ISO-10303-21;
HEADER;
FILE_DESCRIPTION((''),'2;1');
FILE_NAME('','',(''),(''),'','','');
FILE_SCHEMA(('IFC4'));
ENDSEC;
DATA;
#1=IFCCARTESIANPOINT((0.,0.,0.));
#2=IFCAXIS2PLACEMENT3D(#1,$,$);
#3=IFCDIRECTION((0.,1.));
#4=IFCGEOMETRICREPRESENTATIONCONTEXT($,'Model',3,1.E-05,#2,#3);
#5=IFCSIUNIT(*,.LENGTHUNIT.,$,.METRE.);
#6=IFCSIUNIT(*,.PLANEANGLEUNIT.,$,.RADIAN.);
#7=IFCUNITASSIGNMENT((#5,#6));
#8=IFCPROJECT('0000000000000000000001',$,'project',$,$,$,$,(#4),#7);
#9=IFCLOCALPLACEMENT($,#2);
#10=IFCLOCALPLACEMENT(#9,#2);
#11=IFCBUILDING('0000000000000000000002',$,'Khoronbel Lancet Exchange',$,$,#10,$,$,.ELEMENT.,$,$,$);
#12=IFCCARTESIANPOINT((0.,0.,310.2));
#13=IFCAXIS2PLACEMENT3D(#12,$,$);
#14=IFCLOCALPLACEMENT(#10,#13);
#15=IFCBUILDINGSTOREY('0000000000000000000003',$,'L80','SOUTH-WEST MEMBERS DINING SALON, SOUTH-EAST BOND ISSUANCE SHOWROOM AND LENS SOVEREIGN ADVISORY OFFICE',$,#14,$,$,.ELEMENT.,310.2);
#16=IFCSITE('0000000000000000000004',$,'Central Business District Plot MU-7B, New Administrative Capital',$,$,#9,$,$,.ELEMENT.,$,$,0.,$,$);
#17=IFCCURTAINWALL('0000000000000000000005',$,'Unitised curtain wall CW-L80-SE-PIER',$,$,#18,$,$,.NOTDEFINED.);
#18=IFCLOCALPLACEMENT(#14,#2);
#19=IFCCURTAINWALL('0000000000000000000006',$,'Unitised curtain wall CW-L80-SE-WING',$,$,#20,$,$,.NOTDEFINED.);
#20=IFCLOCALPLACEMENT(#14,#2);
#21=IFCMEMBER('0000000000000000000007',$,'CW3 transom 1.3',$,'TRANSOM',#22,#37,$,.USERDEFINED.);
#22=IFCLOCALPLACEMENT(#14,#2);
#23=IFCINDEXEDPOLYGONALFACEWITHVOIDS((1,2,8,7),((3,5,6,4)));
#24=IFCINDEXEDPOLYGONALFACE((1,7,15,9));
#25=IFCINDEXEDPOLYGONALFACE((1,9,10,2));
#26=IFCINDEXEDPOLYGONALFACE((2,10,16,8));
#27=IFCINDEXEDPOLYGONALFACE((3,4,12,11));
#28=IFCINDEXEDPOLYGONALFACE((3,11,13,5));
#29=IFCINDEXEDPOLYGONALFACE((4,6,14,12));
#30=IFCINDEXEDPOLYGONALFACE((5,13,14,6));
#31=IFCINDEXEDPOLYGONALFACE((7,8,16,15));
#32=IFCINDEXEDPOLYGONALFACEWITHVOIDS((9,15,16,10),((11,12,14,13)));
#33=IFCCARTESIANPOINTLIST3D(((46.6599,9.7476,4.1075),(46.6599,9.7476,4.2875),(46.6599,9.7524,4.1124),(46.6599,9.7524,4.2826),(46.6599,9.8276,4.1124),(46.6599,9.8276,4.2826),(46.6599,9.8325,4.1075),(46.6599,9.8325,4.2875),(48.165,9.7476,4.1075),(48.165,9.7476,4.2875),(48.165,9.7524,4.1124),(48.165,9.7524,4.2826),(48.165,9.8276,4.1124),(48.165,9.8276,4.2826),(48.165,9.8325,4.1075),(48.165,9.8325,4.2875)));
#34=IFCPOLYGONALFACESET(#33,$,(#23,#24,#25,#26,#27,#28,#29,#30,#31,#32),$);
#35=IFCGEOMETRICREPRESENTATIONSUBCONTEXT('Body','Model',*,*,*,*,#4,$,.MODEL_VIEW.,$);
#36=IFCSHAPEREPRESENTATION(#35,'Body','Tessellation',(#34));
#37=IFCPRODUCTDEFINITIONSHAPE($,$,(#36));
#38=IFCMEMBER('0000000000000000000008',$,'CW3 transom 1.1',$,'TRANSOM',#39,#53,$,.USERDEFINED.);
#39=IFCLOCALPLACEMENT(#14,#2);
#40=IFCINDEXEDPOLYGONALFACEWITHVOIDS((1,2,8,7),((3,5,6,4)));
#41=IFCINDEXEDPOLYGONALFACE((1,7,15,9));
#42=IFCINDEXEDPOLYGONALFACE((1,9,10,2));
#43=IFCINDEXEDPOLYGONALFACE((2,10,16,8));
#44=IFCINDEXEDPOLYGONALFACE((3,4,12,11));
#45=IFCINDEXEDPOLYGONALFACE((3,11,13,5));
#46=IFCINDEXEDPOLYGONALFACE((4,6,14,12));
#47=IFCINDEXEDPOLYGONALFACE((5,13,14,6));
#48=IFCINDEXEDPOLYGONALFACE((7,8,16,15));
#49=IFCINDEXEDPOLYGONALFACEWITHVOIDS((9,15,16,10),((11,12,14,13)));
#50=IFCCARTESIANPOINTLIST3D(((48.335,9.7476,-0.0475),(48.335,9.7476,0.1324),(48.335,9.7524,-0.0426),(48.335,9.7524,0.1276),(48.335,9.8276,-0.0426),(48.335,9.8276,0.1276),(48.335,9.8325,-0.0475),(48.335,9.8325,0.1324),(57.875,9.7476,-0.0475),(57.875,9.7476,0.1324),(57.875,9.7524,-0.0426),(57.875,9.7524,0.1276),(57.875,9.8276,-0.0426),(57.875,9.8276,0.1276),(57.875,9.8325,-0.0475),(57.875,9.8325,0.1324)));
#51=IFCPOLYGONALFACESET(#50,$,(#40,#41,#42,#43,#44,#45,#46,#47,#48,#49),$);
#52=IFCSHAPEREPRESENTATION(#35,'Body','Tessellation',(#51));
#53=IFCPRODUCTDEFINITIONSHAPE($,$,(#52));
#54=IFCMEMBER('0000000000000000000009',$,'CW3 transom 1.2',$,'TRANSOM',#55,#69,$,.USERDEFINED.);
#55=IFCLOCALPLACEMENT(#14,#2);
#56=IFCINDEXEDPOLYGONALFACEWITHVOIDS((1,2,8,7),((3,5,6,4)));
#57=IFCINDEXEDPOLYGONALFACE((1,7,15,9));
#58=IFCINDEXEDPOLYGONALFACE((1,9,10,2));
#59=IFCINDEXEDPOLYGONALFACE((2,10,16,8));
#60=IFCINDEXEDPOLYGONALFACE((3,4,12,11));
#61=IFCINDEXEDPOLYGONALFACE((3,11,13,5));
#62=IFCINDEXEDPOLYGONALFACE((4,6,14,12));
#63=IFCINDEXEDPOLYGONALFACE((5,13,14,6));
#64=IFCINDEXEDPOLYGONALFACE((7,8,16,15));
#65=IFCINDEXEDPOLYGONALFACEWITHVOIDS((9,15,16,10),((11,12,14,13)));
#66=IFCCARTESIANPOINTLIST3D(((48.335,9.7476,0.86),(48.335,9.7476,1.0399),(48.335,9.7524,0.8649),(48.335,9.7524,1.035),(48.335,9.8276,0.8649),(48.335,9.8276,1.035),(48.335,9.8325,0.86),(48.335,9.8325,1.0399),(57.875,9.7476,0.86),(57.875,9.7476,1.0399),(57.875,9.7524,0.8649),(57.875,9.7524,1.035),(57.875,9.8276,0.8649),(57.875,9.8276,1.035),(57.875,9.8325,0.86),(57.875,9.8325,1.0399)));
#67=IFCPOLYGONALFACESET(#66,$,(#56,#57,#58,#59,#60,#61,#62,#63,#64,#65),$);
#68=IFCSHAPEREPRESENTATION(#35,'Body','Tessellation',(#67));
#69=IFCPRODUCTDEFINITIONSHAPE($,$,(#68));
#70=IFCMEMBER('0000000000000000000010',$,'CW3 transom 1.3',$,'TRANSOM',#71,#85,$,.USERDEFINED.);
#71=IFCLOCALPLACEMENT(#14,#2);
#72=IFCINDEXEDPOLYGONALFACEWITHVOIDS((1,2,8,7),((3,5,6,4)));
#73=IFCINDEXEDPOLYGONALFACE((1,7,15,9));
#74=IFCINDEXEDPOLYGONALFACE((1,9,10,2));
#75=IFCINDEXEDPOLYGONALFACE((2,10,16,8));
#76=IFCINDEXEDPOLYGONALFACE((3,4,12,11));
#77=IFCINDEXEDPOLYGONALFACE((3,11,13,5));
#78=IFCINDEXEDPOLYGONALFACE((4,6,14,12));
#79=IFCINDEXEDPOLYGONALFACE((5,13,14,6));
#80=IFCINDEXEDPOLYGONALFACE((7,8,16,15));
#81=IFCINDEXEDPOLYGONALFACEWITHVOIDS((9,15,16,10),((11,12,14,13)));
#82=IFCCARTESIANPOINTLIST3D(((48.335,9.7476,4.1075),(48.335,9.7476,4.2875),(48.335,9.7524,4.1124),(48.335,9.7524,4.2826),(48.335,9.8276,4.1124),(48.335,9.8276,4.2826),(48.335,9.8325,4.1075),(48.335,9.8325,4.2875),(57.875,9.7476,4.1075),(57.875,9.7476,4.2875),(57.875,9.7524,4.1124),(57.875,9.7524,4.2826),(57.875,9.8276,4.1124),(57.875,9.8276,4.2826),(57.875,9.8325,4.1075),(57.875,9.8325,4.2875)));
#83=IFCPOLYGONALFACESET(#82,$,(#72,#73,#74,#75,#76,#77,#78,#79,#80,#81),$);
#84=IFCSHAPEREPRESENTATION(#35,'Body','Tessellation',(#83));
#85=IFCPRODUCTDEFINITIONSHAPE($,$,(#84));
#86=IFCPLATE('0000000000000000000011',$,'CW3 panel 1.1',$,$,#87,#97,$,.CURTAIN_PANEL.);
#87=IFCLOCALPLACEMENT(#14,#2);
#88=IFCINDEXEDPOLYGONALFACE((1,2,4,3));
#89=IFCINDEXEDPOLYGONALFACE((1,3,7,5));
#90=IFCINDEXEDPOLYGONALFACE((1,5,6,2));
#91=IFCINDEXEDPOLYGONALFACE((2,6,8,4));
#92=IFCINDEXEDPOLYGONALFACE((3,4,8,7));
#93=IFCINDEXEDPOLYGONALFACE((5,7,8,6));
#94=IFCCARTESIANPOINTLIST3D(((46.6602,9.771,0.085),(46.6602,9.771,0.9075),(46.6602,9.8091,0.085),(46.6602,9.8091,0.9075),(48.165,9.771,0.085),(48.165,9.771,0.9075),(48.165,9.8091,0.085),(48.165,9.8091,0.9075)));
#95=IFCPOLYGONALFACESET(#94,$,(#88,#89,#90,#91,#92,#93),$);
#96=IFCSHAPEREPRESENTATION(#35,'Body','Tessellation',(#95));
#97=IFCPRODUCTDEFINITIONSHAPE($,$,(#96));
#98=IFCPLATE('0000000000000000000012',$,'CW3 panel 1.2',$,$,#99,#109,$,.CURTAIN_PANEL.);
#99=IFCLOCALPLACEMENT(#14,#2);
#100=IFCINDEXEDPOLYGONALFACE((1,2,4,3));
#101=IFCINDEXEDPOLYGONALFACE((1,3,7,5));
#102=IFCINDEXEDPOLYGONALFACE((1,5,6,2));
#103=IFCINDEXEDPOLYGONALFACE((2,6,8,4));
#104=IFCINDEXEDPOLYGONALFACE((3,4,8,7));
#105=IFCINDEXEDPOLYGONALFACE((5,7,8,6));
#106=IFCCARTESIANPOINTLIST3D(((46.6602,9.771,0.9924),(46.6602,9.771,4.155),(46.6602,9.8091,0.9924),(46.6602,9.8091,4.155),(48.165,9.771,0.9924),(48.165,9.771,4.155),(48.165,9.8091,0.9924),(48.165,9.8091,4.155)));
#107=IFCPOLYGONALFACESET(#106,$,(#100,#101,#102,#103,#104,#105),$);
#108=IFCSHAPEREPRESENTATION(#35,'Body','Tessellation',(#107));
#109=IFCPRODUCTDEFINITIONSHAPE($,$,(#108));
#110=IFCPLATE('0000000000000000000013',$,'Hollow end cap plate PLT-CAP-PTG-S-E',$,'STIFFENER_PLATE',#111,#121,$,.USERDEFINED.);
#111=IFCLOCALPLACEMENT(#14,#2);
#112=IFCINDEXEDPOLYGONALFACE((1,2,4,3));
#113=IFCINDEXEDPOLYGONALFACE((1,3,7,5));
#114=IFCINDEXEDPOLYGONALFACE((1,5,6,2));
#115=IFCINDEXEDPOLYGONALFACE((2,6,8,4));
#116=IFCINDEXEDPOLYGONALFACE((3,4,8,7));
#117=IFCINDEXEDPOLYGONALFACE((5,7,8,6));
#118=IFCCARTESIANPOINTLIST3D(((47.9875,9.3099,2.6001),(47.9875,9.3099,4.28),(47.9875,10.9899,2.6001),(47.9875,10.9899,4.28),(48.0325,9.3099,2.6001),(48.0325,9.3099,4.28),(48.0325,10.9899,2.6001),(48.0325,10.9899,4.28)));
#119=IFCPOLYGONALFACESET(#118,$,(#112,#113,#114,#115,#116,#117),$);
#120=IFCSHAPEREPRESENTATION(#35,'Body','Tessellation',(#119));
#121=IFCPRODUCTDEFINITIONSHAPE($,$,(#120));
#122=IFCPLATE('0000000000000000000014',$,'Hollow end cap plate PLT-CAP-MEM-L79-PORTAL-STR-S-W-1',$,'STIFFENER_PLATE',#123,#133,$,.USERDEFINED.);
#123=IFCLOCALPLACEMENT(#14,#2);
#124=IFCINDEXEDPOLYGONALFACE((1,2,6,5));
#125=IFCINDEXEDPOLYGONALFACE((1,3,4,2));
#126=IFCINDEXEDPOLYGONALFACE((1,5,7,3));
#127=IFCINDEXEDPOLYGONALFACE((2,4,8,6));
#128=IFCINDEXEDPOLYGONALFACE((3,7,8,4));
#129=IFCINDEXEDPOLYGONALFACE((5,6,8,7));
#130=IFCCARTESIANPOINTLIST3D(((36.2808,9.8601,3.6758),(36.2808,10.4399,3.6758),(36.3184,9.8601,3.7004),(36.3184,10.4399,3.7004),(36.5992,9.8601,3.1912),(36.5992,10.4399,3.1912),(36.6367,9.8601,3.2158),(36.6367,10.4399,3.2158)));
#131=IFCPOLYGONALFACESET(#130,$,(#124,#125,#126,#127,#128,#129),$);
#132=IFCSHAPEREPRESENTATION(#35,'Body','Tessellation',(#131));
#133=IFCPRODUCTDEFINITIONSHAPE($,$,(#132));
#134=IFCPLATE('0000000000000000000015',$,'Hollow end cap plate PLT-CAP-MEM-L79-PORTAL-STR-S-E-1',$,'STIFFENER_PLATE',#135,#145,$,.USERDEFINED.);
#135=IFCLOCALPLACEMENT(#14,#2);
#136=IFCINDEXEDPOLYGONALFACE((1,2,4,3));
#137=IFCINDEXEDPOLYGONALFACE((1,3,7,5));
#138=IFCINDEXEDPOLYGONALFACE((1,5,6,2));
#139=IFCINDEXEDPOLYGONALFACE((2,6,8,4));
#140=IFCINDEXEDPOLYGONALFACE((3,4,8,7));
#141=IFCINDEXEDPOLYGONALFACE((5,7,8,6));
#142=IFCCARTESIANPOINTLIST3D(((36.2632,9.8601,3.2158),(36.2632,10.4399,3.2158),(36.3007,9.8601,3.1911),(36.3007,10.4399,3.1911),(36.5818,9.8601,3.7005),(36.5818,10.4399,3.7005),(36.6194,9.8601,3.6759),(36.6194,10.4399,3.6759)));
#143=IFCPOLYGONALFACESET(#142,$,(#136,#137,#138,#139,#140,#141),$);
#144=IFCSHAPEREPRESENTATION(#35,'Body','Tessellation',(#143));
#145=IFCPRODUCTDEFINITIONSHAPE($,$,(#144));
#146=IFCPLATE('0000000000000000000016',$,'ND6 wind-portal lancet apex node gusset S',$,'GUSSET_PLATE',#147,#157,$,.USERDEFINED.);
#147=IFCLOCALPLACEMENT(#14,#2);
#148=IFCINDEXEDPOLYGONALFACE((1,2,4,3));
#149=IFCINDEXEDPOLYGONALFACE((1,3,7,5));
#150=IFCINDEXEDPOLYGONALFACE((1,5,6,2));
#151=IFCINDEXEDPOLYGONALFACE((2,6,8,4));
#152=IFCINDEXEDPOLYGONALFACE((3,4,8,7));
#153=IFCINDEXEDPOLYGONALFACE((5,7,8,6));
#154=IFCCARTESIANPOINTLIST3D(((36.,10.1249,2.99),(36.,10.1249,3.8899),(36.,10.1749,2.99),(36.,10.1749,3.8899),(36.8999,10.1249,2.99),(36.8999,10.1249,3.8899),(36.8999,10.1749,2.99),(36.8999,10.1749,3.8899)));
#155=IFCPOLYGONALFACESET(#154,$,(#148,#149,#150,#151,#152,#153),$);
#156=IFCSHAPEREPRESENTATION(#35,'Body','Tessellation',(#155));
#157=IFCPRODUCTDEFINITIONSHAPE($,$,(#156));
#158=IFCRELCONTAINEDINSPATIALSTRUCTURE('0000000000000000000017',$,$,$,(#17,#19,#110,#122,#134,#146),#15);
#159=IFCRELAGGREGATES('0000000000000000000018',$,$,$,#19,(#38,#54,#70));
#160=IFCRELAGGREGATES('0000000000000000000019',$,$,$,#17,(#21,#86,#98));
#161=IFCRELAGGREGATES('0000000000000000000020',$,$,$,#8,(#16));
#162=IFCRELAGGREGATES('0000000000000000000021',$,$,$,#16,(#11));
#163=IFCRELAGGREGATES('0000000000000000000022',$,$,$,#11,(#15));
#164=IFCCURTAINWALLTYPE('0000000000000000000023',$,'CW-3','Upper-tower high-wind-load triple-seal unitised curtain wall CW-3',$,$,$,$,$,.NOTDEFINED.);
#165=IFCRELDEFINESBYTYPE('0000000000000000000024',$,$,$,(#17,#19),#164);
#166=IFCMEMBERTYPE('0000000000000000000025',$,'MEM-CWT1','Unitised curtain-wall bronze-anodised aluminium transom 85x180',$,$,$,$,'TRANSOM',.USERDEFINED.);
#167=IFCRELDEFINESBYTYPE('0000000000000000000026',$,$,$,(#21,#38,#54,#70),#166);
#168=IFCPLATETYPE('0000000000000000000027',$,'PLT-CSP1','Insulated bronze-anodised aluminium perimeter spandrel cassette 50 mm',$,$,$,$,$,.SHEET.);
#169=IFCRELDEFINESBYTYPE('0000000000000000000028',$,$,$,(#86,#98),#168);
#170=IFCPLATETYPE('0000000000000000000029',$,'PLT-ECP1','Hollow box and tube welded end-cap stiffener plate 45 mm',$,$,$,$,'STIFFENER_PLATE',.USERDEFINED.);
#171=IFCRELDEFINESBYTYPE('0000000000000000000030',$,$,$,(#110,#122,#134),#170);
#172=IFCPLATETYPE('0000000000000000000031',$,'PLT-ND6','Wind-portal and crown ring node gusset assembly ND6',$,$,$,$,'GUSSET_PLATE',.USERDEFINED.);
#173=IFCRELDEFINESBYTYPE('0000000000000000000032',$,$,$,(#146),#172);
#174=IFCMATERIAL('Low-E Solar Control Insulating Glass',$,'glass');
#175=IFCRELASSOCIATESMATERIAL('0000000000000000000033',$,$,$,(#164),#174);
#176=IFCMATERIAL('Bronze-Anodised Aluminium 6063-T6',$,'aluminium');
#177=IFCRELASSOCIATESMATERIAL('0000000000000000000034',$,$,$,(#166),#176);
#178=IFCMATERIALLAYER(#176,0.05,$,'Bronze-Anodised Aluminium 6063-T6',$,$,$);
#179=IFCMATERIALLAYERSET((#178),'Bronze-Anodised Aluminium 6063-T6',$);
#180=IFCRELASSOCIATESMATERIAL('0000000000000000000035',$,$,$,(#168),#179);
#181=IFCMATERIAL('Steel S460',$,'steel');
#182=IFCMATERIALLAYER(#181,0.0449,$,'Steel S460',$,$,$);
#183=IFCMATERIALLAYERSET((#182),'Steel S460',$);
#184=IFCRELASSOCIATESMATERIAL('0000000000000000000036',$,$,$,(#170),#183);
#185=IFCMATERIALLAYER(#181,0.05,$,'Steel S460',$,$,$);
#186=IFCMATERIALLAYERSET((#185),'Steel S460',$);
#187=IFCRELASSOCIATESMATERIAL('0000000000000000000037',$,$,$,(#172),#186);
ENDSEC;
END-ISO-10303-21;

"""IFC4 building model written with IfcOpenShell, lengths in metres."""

from ifc_helpers import new_model, si_unit, direction, frame, origin, origin_2d, place, context, subcontext, project, spatial, polyline, rectangle, hollow_rectangle, outline, extrude, material, layer, layer_set, material_profile, profile_set, type_object, element, aggregate, save


model = new_model("IFC4")

# Units and contexts
model_context = context("Model", 3, precision=1e-05, world=origin(), true_north=direction((0.0, 1.0)))
body_context = subcontext(model_context, "Body", "Model", "MODEL_VIEW")
ifc_project = project(units=[si_unit("LENGTHUNIT", "METRE"), si_unit("PLANEANGLEUNIT", "RADIAN")], contexts=[model_context])

# Site, building, storey
site_placement = place(None, origin())
site = spatial("IfcSite", under=ifc_project, at=site_placement, Name="Central Business District Plot MU-7B, New Administrative Capital", CompositionType="ELEMENT", RefElevation=0.0)
building_placement = place(site_placement, origin())
building = spatial("IfcBuilding", under=site, at=building_placement, Name="Khoronbel Lancet Exchange", CompositionType="ELEMENT")
storey_placement = place(building_placement, frame((0.0, 0.0, 310.2)))
storey = spatial("IfcBuildingStorey", under=building, at=storey_placement, Name="L80", Description="SOUTH-WEST MEMBERS DINING SALON, SOUTH-EAST BOND ISSUANCE SHOWROOM AND LENS SOVEREIGN ADVISORY OFFICE", CompositionType="ELEMENT", Elevation=310.2)

# Shared definitions
ifc_material_1 = material(Name="Steel S460", Category="steel")

# Curtain wall
ifc_material_2 = material(Name="Low-E Solar Control Insulating Glass", Category="glass")
curtain_wall_type = type_object("IfcCurtainWallType", Name="CW-3", Description="Upper-tower high-wind-load triple-seal unitised curtain wall CW-3", PredefinedType="NOTDEFINED", material=ifc_material_2)
curtain_wall_1_placement = place(storey_placement, origin())
curtain_wall_1 = element("IfcCurtainWall", 1, at=curtain_wall_1_placement, inside=storey, type_object=curtain_wall_type, Name="Unitised curtain wall CW-L80-SE-PIER", PredefinedType="NOTDEFINED")
ifc_material_3 = material(Name="Bronze-Anodised Aluminium 6063-T6", Category="aluminium")

# Curtain wall
curtain_wall_2_placement = place(storey_placement, origin())
curtain_wall_2 = element("IfcCurtainWall", 2, at=curtain_wall_2_placement, inside=storey, type_object=curtain_wall_type, Name="Unitised curtain wall CW-L80-SE-WING", PredefinedType="NOTDEFINED")

# Members
ifc_material_profile_1 = material_profile(ifc_material_3, hollow_rectangle(XDim=0.085, YDim=0.1799, WallThickness=0.0049, at=origin_2d()), Name="ALU TRANSOM 85x180")
ifc_profile_set_1 = profile_set([ifc_material_profile_1], Name="Bronze-Anodised Aluminium 6063-T6")
member_type_1 = type_object("IfcMemberType", Name="MEM-CWT1", Description="Unitised curtain-wall bronze-anodised aluminium transom 85x180", ElementType="TRANSOM", PredefinedType="USERDEFINED", material=ifc_profile_set_1)
member_1_placement = place(storey_placement, frame((46.6599, 9.79, 4.1975), z_axis=(1.0, 0.0, 0.0), x_axis=(0.0, 1.0, 0.0)))
member_1 = element("IfcMember", 3, at=member_1_placement, type_object=member_type_1, Name="CW3 transom 1.3", ObjectType="TRANSOM", PredefinedType="USERDEFINED", context=body_context, shape_type="SweptSolid", body=[
    extrude(hollow_rectangle(XDim=0.085, YDim=0.1799, WallThickness=0.0049, at=origin_2d()), origin(), (0.0, 0.0, 1.0), 1.5051),
])
member_2_placement = place(storey_placement, frame((48.335, 9.79, 0.0425), z_axis=(1.0, 0.0, 0.0), x_axis=(0.0, 1.0, 0.0)))
member_2 = element("IfcMember", 4, at=member_2_placement, type_object=member_type_1, Name="CW3 transom 1.1", ObjectType="TRANSOM", PredefinedType="USERDEFINED", context=body_context, shape_type="SweptSolid", body=[
    extrude(hollow_rectangle(XDim=0.085, YDim=0.1799, WallThickness=0.0049, at=origin_2d()), origin(), (0.0, 0.0, 1.0), 9.54),
])
member_3_placement = place(storey_placement, frame((48.335, 9.79, 0.95), z_axis=(1.0, 0.0, 0.0), x_axis=(0.0, 1.0, 0.0)))
member_3 = element("IfcMember", 5, at=member_3_placement, type_object=member_type_1, Name="CW3 transom 1.2", ObjectType="TRANSOM", PredefinedType="USERDEFINED", context=body_context, shape_type="SweptSolid", body=[
    extrude(hollow_rectangle(XDim=0.085, YDim=0.1799, WallThickness=0.0049, at=origin_2d()), origin(), (0.0, 0.0, 1.0), 9.54),
])
member_4_placement = place(storey_placement, frame((48.335, 9.79, 4.1975), z_axis=(1.0, 0.0, 0.0), x_axis=(0.0, 1.0, 0.0)))
member_4 = element("IfcMember", 6, at=member_4_placement, type_object=member_type_1, Name="CW3 transom 1.3", ObjectType="TRANSOM", PredefinedType="USERDEFINED", context=body_context, shape_type="SweptSolid", body=[
    extrude(hollow_rectangle(XDim=0.085, YDim=0.1799, WallThickness=0.0049, at=origin_2d()), origin(), (0.0, 0.0, 1.0), 9.54),
])
aggregate(curtain_wall_2, [member_2, member_3, member_4])

# Plates
ifc_layer_1 = layer(ifc_material_3, 0.05, Name="Bronze-Anodised Aluminium 6063-T6")
ifc_layer_set_1 = layer_set([ifc_layer_1], Name="Bronze-Anodised Aluminium 6063-T6")
plate_type_1 = type_object("IfcPlateType", Name="PLT-CSP1", Description="Insulated bronze-anodised aluminium perimeter spandrel cassette 50 mm", PredefinedType="SHEET", material=ifc_layer_set_1)
plate_1_placement = place(storey_placement, frame((47.4126, 9.79, 0.085), z_axis=(0.0, 0.0, 1.0), x_axis=(1.0, 0.0, 0.0)))
plate_1 = element("IfcPlate", 7, at=plate_1_placement, type_object=plate_type_1, Name="CW3 panel 1.1", PredefinedType="CURTAIN_PANEL", context=body_context, shape_type="SweptSolid", body=[
    extrude(rectangle(XDim=1.5049, YDim=0.0381, at=origin_2d()), origin(), (0.0, 0.0, 1.0), 0.8225),
])
plate_2_placement = place(storey_placement, frame((47.4126, 9.79, 0.9924), z_axis=(0.0, 0.0, 1.0), x_axis=(1.0, 0.0, 0.0)))
plate_2 = element("IfcPlate", 8, at=plate_2_placement, type_object=plate_type_1, Name="CW3 panel 1.2", PredefinedType="CURTAIN_PANEL", context=body_context, shape_type="SweptSolid", body=[
    extrude(rectangle(XDim=1.5049, YDim=0.0381, at=origin_2d()), origin(), (0.0, 0.0, 1.0), 3.1626),
])
aggregate(curtain_wall_1, [member_1, plate_1, plate_2])

# Plates
ifc_layer_2 = layer(ifc_material_1, 0.0449, Name="Steel S460")
ifc_layer_set_2 = layer_set([ifc_layer_2], Name="Steel S460")
plate_type_2 = type_object("IfcPlateType", Name="PLT-ECP1", Description="Hollow box and tube welded end-cap stiffener plate 45 mm", ElementType="STIFFENER_PLATE", PredefinedType="USERDEFINED", material=ifc_layer_set_2)
plate_3_placement = place(storey_placement, frame((48.01, 10.1499, 2.6001), z_axis=(0.0, 0.0, 1.0), x_axis=(1.0, 0.0, 0.0)))
element("IfcPlate", 9, at=plate_3_placement, inside=storey, type_object=plate_type_2, Name="Hollow end cap plate PLT-CAP-PTG-S-E", ObjectType="STIFFENER_PLATE", PredefinedType="USERDEFINED", context=body_context, shape_type="SweptSolid", body=[
    extrude(rectangle(XDim=0.0449, YDim=1.6799, at=origin_2d()), origin(), (0.0, 0.0, 1.0), 1.6799),
])
plate_4_placement = place(storey_placement, frame((36.6367, 9.8601, 3.2158), z_axis=(0.835788, 0.0, 0.549052), x_axis=(0.0, 1.0, 0.0)))
element("IfcPlate", 10, at=plate_4_placement, inside=storey, type_object=plate_type_2, Name="Hollow end cap plate PLT-CAP-MEM-L79-PORTAL-STR-S-W-1", ObjectType="STIFFENER_PLATE", PredefinedType="USERDEFINED", context=body_context, shape_type="SweptSolid", body=[
    extrude(outline(polyline([(0.0, 0.0), (0.5798, 0.0), (0.5798, 0.5798), (0.0, 0.5798), (0.0, 0.0)])), origin(), (0.0, 0.0, -1.0), 0.0449),
])
plate_5_placement = place(storey_placement, frame((36.2632, 10.4399, 3.2158), z_axis=(-0.835595, 0.0, 0.549346), x_axis=(0.0, -1.0, 0.0)))
element("IfcPlate", 11, at=plate_5_placement, inside=storey, type_object=plate_type_2, Name="Hollow end cap plate PLT-CAP-MEM-L79-PORTAL-STR-S-E-1", ObjectType="STIFFENER_PLATE", PredefinedType="USERDEFINED", context=body_context, shape_type="SweptSolid", body=[
    extrude(outline(polyline([(0.0, 0.0), (0.5798, 0.0), (0.5798, 0.5801), (0.0, 0.5801), (0.0, 0.0)])), origin(), (0.0, 0.0, -1.0), 0.0449),
])
ifc_layer_3 = layer(ifc_material_1, 0.05, Name="Steel S460")
ifc_layer_set_3 = layer_set([ifc_layer_3], Name="Steel S460")
plate_type_3 = type_object("IfcPlateType", Name="PLT-ND6", Description="Wind-portal and crown ring node gusset assembly ND6", ElementType="GUSSET_PLATE", PredefinedType="USERDEFINED", material=ifc_layer_set_3)
plate_6_placement = place(storey_placement, frame((36.45, 10.1499, 2.99), z_axis=(0.0, 0.0, 1.0), x_axis=(1.0, 0.0, 0.0)))
element("IfcPlate", 12, at=plate_6_placement, inside=storey, type_object=plate_type_3, Name="ND6 wind-portal lancet apex node gusset S", ObjectType="GUSSET_PLATE", PredefinedType="USERDEFINED", context=body_context, shape_type="SweptSolid", body=[
    extrude(rectangle(XDim=0.8999, YDim=0.05, at=origin_2d()), origin(), (0.0, 0.0, 1.0), 0.8999),
])

save(model, "model.ifc")
